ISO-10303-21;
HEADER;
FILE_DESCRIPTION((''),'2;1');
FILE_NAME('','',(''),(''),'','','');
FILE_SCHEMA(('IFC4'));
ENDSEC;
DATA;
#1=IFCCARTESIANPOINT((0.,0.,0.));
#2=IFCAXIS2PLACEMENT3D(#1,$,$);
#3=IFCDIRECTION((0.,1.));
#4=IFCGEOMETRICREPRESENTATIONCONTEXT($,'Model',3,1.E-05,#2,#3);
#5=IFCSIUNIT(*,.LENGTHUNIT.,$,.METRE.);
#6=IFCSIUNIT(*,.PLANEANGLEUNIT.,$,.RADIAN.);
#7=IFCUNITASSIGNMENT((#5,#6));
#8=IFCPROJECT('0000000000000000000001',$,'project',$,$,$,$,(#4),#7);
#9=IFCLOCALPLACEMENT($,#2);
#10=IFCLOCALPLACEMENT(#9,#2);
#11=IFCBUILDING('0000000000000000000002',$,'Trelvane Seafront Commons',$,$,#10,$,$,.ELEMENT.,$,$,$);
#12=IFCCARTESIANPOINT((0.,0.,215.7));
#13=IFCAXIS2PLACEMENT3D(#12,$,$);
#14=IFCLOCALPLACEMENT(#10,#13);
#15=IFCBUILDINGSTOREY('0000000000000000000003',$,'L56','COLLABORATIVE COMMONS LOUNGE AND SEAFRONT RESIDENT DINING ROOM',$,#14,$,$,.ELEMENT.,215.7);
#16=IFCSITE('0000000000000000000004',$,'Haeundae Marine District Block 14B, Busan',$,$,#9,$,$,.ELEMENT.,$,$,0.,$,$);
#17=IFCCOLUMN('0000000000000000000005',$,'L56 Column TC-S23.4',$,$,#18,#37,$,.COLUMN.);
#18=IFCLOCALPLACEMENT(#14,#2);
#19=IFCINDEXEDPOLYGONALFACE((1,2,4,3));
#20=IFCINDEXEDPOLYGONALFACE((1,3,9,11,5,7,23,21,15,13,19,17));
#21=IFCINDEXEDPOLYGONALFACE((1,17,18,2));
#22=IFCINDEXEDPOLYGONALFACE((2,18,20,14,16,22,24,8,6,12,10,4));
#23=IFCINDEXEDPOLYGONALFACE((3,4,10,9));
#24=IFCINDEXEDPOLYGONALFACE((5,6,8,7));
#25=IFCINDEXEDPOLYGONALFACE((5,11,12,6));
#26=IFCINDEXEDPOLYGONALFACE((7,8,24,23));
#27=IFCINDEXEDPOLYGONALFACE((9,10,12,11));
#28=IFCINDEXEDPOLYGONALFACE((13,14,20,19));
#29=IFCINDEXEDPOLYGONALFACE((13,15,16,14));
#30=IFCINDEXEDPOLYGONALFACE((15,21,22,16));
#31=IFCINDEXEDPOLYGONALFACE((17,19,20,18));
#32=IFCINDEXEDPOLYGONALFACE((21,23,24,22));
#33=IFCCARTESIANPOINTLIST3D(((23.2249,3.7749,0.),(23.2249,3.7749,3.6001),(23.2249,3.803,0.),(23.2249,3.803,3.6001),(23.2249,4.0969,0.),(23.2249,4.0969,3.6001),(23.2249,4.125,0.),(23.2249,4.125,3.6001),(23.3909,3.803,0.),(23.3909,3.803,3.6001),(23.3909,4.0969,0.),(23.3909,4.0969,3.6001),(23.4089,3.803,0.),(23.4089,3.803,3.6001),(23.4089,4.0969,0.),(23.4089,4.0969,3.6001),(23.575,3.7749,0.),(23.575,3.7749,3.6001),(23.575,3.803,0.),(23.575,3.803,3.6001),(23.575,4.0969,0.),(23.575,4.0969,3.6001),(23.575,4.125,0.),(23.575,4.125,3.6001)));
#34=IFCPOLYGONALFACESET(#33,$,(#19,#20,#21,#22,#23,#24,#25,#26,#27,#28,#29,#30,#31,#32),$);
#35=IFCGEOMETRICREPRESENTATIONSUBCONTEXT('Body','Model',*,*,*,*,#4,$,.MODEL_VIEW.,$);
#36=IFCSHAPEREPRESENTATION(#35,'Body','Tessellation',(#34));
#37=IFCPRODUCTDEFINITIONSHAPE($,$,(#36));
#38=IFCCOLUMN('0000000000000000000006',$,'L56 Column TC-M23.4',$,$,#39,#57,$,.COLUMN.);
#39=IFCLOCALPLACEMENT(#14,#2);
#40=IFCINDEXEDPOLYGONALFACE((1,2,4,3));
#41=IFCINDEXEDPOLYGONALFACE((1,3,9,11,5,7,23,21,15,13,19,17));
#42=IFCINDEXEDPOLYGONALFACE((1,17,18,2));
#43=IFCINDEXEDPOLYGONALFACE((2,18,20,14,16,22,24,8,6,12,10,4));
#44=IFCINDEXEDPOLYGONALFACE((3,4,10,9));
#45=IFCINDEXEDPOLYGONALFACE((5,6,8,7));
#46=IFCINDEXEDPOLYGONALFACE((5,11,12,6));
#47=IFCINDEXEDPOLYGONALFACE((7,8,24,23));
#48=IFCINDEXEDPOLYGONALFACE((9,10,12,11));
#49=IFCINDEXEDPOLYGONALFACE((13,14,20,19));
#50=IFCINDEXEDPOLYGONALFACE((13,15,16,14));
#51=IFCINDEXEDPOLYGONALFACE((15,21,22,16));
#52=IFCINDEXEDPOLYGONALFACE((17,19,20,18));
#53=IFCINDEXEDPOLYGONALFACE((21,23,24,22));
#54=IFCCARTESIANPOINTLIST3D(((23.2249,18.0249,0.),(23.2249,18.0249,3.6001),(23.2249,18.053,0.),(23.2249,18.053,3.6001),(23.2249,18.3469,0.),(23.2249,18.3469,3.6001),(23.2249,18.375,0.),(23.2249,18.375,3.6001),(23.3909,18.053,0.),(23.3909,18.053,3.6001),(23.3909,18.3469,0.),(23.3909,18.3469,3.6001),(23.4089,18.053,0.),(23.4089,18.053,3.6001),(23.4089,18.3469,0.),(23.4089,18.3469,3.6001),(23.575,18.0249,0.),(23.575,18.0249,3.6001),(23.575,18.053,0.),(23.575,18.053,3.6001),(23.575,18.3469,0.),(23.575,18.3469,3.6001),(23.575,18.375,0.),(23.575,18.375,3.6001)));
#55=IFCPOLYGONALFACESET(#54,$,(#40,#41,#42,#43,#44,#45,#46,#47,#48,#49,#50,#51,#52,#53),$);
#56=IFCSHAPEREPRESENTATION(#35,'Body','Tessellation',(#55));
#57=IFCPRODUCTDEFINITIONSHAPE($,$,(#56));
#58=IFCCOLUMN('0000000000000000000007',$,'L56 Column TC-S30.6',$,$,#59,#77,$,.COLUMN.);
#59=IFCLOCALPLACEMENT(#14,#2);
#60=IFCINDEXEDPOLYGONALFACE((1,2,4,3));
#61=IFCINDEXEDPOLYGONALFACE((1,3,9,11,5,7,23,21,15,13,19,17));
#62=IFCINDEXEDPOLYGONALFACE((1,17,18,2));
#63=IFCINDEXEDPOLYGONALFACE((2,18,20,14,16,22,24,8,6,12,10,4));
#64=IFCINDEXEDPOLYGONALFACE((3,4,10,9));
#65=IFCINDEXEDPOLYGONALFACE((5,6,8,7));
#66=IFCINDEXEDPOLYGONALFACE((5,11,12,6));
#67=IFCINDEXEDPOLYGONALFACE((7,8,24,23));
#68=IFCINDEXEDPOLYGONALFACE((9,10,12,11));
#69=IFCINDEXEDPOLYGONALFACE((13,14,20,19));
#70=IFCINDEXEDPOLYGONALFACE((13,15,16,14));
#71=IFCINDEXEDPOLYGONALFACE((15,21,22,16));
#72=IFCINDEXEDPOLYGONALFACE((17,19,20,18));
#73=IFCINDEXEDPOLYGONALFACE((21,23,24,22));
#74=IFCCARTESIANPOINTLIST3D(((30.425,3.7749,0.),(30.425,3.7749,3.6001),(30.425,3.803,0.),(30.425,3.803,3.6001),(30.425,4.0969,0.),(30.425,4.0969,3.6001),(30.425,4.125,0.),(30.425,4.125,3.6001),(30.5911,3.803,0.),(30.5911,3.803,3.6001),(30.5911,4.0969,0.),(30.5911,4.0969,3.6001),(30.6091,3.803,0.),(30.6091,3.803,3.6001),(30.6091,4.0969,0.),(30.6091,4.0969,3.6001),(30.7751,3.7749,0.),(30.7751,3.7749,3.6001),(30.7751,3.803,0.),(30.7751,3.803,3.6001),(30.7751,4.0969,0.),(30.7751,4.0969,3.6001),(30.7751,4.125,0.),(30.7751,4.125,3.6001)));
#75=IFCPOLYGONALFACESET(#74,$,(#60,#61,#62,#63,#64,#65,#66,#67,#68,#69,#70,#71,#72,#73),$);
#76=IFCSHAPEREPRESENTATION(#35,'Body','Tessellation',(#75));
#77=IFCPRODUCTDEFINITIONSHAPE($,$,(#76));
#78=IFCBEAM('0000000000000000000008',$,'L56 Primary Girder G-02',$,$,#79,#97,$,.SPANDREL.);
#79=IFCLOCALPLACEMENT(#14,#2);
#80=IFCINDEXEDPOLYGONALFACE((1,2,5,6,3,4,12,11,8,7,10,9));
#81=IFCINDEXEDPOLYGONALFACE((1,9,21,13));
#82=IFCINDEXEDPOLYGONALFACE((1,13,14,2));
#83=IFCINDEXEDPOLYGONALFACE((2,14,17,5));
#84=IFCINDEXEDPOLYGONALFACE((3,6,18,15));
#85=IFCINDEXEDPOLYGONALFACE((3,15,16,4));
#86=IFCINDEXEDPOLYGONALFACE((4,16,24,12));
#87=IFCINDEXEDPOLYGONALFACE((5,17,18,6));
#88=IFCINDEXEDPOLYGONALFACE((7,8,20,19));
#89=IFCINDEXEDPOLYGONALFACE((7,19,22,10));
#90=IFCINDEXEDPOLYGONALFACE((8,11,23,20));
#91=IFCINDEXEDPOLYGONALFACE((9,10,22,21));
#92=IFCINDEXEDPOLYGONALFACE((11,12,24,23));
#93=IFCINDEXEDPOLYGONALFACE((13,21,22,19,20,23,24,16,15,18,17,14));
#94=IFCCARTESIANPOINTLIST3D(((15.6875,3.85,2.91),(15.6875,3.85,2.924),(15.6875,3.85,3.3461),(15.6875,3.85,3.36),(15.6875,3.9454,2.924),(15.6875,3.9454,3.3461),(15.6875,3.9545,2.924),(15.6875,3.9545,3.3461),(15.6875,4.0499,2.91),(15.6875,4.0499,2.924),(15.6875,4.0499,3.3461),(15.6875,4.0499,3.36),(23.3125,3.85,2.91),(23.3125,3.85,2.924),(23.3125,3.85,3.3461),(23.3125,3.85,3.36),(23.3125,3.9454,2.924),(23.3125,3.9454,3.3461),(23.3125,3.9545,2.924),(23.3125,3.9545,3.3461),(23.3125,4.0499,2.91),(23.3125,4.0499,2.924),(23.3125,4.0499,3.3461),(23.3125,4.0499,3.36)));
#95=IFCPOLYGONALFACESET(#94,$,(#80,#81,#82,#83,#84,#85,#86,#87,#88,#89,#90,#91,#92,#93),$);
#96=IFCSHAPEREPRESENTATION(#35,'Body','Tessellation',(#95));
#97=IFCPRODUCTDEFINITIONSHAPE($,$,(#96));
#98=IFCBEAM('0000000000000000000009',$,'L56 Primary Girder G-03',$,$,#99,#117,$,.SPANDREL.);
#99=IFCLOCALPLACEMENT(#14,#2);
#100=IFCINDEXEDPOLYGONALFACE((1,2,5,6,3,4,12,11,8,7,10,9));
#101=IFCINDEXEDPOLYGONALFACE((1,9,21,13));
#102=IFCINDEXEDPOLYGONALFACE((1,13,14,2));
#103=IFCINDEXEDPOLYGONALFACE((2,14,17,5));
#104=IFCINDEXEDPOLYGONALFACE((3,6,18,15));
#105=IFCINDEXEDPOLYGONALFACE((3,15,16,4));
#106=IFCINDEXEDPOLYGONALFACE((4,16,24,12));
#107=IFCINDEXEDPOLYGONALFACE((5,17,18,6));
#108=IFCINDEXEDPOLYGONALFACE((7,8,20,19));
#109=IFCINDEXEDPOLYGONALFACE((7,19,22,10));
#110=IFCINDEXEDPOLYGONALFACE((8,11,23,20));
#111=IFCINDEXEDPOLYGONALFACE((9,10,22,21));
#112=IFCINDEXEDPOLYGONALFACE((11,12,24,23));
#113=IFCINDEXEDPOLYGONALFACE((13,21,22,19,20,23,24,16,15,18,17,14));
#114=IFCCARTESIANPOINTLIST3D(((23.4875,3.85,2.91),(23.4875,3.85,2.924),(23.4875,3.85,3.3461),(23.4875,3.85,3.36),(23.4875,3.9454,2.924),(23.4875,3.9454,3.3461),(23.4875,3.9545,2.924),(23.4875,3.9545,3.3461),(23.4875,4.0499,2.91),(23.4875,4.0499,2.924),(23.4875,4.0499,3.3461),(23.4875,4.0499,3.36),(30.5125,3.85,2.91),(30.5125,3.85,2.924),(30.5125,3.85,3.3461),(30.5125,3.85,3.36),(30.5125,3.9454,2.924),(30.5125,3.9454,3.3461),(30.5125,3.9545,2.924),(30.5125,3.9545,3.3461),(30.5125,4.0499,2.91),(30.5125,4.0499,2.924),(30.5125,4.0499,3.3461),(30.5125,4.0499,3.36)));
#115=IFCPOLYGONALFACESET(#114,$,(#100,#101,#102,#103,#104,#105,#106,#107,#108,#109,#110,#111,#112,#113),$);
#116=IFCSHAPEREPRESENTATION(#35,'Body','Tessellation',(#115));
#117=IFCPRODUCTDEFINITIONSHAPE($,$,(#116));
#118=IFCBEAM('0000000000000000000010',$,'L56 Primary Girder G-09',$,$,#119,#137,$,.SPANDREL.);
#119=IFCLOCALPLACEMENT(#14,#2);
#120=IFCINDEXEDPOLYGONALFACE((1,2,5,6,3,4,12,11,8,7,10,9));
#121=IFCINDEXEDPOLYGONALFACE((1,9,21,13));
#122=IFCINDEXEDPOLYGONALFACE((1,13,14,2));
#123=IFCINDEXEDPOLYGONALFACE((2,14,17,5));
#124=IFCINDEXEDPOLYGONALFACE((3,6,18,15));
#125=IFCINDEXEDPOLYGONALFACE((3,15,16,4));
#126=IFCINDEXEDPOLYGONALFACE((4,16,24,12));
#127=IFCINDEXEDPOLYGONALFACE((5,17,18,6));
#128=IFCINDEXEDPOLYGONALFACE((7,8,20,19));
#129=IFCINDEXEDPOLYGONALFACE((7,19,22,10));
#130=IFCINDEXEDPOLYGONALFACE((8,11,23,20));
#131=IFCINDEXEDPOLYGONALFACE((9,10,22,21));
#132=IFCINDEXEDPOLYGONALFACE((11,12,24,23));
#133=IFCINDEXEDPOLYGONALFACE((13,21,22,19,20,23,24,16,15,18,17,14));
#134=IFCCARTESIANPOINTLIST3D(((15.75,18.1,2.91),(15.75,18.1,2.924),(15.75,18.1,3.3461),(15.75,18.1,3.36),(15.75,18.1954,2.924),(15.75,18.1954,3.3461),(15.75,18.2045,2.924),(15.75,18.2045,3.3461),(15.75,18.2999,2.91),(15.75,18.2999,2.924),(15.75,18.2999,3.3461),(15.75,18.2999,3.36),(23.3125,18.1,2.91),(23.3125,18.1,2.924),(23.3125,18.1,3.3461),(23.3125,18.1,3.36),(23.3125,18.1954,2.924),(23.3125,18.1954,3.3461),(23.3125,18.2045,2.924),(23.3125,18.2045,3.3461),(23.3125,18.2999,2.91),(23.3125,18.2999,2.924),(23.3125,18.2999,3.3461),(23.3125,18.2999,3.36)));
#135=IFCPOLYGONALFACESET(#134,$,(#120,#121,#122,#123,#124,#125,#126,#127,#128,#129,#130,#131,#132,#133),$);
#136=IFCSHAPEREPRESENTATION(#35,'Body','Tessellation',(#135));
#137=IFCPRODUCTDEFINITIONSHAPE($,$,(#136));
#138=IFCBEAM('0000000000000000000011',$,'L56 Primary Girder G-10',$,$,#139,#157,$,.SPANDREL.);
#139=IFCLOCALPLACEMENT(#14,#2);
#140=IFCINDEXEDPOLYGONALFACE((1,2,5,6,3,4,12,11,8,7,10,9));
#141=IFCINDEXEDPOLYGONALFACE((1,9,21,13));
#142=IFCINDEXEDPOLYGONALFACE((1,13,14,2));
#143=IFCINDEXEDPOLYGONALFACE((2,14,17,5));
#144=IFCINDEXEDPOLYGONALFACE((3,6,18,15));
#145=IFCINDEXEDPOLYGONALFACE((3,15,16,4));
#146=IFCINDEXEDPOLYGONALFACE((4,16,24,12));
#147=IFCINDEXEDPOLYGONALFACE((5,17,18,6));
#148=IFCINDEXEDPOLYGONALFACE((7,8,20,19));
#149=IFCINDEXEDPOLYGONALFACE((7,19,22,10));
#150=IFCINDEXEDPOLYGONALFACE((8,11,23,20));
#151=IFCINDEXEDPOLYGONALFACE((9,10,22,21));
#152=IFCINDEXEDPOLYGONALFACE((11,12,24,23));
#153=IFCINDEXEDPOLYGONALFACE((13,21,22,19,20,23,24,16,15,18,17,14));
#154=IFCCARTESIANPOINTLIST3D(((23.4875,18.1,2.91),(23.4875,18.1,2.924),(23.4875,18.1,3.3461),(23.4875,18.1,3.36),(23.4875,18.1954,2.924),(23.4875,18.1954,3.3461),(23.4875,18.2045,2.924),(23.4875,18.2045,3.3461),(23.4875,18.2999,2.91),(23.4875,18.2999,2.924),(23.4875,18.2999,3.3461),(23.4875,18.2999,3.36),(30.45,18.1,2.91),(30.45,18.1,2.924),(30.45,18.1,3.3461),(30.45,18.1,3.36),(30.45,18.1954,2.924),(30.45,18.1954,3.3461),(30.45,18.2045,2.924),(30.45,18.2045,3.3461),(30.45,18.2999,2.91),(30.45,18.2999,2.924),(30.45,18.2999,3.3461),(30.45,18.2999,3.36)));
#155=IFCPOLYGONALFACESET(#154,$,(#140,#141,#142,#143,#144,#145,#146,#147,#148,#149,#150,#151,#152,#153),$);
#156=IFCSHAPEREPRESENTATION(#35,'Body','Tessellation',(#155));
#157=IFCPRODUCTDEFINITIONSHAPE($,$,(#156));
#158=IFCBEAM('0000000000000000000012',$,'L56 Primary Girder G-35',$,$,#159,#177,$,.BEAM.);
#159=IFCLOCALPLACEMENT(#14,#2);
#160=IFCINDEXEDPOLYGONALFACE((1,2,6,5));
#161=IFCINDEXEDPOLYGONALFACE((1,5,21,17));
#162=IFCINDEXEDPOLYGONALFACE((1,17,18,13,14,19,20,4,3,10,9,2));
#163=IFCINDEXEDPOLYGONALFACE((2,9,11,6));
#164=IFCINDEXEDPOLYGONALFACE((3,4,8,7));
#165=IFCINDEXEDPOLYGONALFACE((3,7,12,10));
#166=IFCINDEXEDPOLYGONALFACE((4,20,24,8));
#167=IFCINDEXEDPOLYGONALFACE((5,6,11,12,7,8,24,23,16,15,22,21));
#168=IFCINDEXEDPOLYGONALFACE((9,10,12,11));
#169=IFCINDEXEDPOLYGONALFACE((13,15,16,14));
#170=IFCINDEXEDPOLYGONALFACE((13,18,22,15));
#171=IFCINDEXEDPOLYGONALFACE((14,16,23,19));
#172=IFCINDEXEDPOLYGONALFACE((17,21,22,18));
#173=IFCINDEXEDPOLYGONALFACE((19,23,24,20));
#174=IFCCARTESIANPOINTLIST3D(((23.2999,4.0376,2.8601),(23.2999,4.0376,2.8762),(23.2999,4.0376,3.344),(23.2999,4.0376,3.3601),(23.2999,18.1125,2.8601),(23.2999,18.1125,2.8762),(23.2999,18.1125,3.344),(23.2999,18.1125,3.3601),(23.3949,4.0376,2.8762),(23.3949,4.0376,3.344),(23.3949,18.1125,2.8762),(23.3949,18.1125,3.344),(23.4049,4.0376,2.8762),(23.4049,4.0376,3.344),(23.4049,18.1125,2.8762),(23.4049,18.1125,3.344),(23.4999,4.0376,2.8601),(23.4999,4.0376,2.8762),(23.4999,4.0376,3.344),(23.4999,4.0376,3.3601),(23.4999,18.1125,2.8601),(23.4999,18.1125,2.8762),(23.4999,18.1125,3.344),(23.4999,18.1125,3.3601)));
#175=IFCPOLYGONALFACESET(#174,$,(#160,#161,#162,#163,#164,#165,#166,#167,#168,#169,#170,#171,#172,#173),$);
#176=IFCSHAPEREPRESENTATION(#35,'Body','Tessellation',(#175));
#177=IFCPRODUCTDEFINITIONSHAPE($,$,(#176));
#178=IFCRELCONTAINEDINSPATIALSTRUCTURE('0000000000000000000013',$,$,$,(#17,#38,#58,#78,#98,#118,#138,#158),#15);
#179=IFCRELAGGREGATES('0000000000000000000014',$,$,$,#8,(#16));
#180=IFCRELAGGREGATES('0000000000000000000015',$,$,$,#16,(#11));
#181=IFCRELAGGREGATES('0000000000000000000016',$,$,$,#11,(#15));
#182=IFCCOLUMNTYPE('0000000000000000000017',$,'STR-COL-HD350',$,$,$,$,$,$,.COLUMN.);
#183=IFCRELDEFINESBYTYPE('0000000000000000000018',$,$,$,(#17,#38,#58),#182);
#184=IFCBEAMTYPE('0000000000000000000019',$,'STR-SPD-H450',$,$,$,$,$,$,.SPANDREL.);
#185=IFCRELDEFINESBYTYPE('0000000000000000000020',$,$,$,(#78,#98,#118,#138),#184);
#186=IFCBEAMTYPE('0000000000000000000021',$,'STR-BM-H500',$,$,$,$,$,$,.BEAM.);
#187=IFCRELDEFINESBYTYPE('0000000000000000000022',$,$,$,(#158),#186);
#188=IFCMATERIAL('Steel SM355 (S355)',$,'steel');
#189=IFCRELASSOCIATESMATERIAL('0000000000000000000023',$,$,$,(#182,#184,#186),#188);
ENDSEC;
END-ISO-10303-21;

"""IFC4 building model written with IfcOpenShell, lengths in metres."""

from ifc_helpers import new_model, si_unit, direction, frame, origin, origin_2d, place, context, subcontext, project, spatial, i_section, extrude, source, transform, mapped, material, material_profile, profile_set, type_object, element, save


model = new_model("IFC4")

# Units and contexts
model_context = context("Model", 3, precision=1e-05, world=origin(), true_north=direction((0.0, 1.0)))
body_context = subcontext(model_context, "Body", "Model", "MODEL_VIEW")
ifc_project = project(units=[si_unit("LENGTHUNIT", "METRE"), si_unit("PLANEANGLEUNIT", "RADIAN")], contexts=[model_context])

# Site, building, storey
site_placement = place(None, origin())
site = spatial("IfcSite", under=ifc_project, at=site_placement, Name="Haeundae Marine District Block 14B, Busan", CompositionType="ELEMENT", RefElevation=0.0)
building_placement = place(site_placement, origin())
building = spatial("IfcBuilding", under=site, at=building_placement, Name="Trelvane Seafront Commons", CompositionType="ELEMENT")
storey_placement = place(building_placement, frame((0.0, 0.0, 215.7)))
storey = spatial("IfcBuildingStorey", under=building, at=storey_placement, Name="L56", Description="COLLABORATIVE COMMONS LOUNGE AND SEAFRONT RESIDENT DINING ROOM", CompositionType="ELEMENT", Elevation=215.7)

# Columns
ifc_material_1 = material(Name="Steel SM355 (S355)", Category="steel")
ifc_material_profile_1 = material_profile(ifc_material_1, i_section(OverallWidth=0.3501, OverallDepth=0.3501, WebThickness=0.0181, FlangeThickness=0.0281, at=origin_2d()), Name="HD-350x350x18x28")
ifc_profile_set_1 = profile_set([ifc_material_profile_1], Name="Steel SM355 (S355)")
column_type = type_object("IfcColumnType", Name="STR-COL-HD350", PredefinedType="COLUMN", material=ifc_profile_set_1)
shared_shape_1 = source(origin(), body_context, "Body", "SweptSolid", [
    extrude(i_section(OverallWidth=0.3501, OverallDepth=0.3501, WebThickness=0.0181, FlangeThickness=0.0281, at=origin_2d()), origin(), (0.0, 0.0, 1.0), 3.6001),
])
for number, where, z_axis, x_axis, name in (
    (1, (23.3999, 3.95, 0.0), (0.0, 0.0, 1.0), (1.0, 0.0, 0.0), "L56 Column TC-S23.4"),
    (2, (23.3999, 18.2, 0.0), (0.0, 0.0, 1.0), (1.0, 0.0, 0.0), "L56 Column TC-M23.4"),
    (3, (30.6001, 3.95, 0.0), (0.0, 0.0, 1.0), (1.0, 0.0, 0.0), "L56 Column TC-S30.6"),
):
    element("IfcColumn", number, at=place(storey_placement, frame(where, z_axis=z_axis, x_axis=x_axis)), inside=storey, type_object=column_type, Name=name, PredefinedType="COLUMN", context=body_context, shape_type="MappedRepresentation", body=[
        mapped(shared_shape_1, transform((0.0, 0.0, 0.0), x_axis=(1.0, 0.0, 0.0), y_axis=(0.0, 1.0, 0.0), z_axis=(0.0, 0.0, 1.0), scale=1.0)),
    ])

# Beams
ifc_material_profile_2 = material_profile(ifc_material_1, i_section(OverallWidth=0.2, OverallDepth=0.45, WebThickness=0.009, FlangeThickness=0.0139, at=origin_2d()), Name="H-450x200x9x14")
ifc_profile_set_2 = profile_set([ifc_material_profile_2], Name="Steel SM355 (S355)")
beam_type_1 = type_object("IfcBeamType", Name="STR-SPD-H450", PredefinedType="SPANDREL", material=ifc_profile_set_2)
shared_shape_2 = source(origin(), body_context, "Body", "SweptSolid", [
    extrude(i_section(OverallWidth=0.2, OverallDepth=0.45, WebThickness=0.009, FlangeThickness=0.0139, at=origin_2d()), origin(), (0.0, 0.0, 1.0), 7.625),
])
beam_1_placement = place(storey_placement, frame((15.6875, 3.95, 3.135), z_axis=(1.0, 0.0, 0.0), x_axis=(0.0, 1.0, 0.0)))
element("IfcBeam", 4, at=beam_1_placement, inside=storey, type_object=beam_type_1, Name="L56 Primary Girder G-02", PredefinedType="SPANDREL", context=body_context, shape_type="MappedRepresentation", body=[
    mapped(shared_shape_2, transform((0.0, 0.0, 0.0), x_axis=(1.0, 0.0, 0.0), y_axis=(0.0, 1.0, 0.0), z_axis=(0.0, 0.0, 1.0), scale=1.0)),
])
shared_shape_3 = source(origin(), body_context, "Body", "SweptSolid", [
    extrude(i_section(OverallWidth=0.2, OverallDepth=0.45, WebThickness=0.009, FlangeThickness=0.0139, at=origin_2d()), origin(), (0.0, 0.0, 1.0), 7.0249),
])
beam_2_placement = place(storey_placement, frame((23.4875, 3.95, 3.135), z_axis=(1.0, 0.0, 0.0), x_axis=(0.0, 1.0, 0.0)))
element("IfcBeam", 5, at=beam_2_placement, inside=storey, type_object=beam_type_1, Name="L56 Primary Girder G-03", PredefinedType="SPANDREL", context=body_context, shape_type="MappedRepresentation", body=[
    mapped(shared_shape_3, transform((0.0, 0.0, 0.0), x_axis=(1.0, 0.0, 0.0), y_axis=(0.0, 1.0, 0.0), z_axis=(0.0, 0.0, 1.0), scale=1.0)),
])
shared_shape_4 = source(origin(), body_context, "Body", "SweptSolid", [
    extrude(i_section(OverallWidth=0.2, OverallDepth=0.45, WebThickness=0.009, FlangeThickness=0.0139, at=origin_2d()), origin(), (0.0, 0.0, 1.0), 7.5625),
])
beam_3_placement = place(storey_placement, frame((15.75, 18.2, 3.135), z_axis=(1.0, 0.0, 0.0), x_axis=(0.0, 1.0, 0.0)))
element("IfcBeam", 6, at=beam_3_placement, inside=storey, type_object=beam_type_1, Name="L56 Primary Girder G-09", PredefinedType="SPANDREL", context=body_context, shape_type="MappedRepresentation", body=[
    mapped(shared_shape_4, transform((0.0, 0.0, 0.0), x_axis=(1.0, 0.0, 0.0), y_axis=(0.0, 1.0, 0.0), z_axis=(0.0, 0.0, 1.0), scale=1.0)),
])
shared_shape_5 = source(origin(), body_context, "Body", "SweptSolid", [
    extrude(i_section(OverallWidth=0.2, OverallDepth=0.45, WebThickness=0.009, FlangeThickness=0.0139, at=origin_2d()), origin(), (0.0, 0.0, 1.0), 6.9624),
])
beam_4_placement = place(storey_placement, frame((23.4875, 18.2, 3.135), z_axis=(1.0, 0.0, 0.0), x_axis=(0.0, 1.0, 0.0)))
element("IfcBeam", 7, at=beam_4_placement, inside=storey, type_object=beam_type_1, Name="L56 Primary Girder G-10", PredefinedType="SPANDREL", context=body_context, shape_type="MappedRepresentation", body=[
    mapped(shared_shape_5, transform((0.0, 0.0, 0.0), x_axis=(1.0, 0.0, 0.0), y_axis=(0.0, 1.0, 0.0), z_axis=(0.0, 0.0, 1.0), scale=1.0)),
])
ifc_material_profile_3 = material_profile(ifc_material_1, i_section(OverallWidth=0.2, OverallDepth=0.5, WebThickness=0.01, FlangeThickness=0.0161, at=origin_2d()), Name="H-500x200x10x16")
ifc_profile_set_3 = profile_set([ifc_material_profile_3], Name="Steel SM355 (S355)")
beam_type_2 = type_object("IfcBeamType", Name="STR-BM-H500", PredefinedType="BEAM", material=ifc_profile_set_3)
shared_shape_6 = source(origin(), body_context, "Body", "SweptSolid", [
    extrude(i_section(OverallWidth=0.2, OverallDepth=0.5, WebThickness=0.01, FlangeThickness=0.0161, at=origin_2d()), origin(), (0.0, 0.0, 1.0), 14.075),
])
beam_5_placement = place(storey_placement, frame((23.3999, 4.0376, 3.1101), z_axis=(0.0, 1.0, 0.0), x_axis=(-1.0, 0.0, 0.0)))
element("IfcBeam", 8, at=beam_5_placement, inside=storey, type_object=beam_type_2, Name="L56 Primary Girder G-35", PredefinedType="BEAM", context=body_context, shape_type="MappedRepresentation", body=[
    mapped(shared_shape_6, transform((0.0, 0.0, 0.0), x_axis=(1.0, 0.0, 0.0), y_axis=(0.0, 1.0, 0.0), z_axis=(0.0, 0.0, 1.0), scale=1.0)),
])

save(model, "model.ifc")
